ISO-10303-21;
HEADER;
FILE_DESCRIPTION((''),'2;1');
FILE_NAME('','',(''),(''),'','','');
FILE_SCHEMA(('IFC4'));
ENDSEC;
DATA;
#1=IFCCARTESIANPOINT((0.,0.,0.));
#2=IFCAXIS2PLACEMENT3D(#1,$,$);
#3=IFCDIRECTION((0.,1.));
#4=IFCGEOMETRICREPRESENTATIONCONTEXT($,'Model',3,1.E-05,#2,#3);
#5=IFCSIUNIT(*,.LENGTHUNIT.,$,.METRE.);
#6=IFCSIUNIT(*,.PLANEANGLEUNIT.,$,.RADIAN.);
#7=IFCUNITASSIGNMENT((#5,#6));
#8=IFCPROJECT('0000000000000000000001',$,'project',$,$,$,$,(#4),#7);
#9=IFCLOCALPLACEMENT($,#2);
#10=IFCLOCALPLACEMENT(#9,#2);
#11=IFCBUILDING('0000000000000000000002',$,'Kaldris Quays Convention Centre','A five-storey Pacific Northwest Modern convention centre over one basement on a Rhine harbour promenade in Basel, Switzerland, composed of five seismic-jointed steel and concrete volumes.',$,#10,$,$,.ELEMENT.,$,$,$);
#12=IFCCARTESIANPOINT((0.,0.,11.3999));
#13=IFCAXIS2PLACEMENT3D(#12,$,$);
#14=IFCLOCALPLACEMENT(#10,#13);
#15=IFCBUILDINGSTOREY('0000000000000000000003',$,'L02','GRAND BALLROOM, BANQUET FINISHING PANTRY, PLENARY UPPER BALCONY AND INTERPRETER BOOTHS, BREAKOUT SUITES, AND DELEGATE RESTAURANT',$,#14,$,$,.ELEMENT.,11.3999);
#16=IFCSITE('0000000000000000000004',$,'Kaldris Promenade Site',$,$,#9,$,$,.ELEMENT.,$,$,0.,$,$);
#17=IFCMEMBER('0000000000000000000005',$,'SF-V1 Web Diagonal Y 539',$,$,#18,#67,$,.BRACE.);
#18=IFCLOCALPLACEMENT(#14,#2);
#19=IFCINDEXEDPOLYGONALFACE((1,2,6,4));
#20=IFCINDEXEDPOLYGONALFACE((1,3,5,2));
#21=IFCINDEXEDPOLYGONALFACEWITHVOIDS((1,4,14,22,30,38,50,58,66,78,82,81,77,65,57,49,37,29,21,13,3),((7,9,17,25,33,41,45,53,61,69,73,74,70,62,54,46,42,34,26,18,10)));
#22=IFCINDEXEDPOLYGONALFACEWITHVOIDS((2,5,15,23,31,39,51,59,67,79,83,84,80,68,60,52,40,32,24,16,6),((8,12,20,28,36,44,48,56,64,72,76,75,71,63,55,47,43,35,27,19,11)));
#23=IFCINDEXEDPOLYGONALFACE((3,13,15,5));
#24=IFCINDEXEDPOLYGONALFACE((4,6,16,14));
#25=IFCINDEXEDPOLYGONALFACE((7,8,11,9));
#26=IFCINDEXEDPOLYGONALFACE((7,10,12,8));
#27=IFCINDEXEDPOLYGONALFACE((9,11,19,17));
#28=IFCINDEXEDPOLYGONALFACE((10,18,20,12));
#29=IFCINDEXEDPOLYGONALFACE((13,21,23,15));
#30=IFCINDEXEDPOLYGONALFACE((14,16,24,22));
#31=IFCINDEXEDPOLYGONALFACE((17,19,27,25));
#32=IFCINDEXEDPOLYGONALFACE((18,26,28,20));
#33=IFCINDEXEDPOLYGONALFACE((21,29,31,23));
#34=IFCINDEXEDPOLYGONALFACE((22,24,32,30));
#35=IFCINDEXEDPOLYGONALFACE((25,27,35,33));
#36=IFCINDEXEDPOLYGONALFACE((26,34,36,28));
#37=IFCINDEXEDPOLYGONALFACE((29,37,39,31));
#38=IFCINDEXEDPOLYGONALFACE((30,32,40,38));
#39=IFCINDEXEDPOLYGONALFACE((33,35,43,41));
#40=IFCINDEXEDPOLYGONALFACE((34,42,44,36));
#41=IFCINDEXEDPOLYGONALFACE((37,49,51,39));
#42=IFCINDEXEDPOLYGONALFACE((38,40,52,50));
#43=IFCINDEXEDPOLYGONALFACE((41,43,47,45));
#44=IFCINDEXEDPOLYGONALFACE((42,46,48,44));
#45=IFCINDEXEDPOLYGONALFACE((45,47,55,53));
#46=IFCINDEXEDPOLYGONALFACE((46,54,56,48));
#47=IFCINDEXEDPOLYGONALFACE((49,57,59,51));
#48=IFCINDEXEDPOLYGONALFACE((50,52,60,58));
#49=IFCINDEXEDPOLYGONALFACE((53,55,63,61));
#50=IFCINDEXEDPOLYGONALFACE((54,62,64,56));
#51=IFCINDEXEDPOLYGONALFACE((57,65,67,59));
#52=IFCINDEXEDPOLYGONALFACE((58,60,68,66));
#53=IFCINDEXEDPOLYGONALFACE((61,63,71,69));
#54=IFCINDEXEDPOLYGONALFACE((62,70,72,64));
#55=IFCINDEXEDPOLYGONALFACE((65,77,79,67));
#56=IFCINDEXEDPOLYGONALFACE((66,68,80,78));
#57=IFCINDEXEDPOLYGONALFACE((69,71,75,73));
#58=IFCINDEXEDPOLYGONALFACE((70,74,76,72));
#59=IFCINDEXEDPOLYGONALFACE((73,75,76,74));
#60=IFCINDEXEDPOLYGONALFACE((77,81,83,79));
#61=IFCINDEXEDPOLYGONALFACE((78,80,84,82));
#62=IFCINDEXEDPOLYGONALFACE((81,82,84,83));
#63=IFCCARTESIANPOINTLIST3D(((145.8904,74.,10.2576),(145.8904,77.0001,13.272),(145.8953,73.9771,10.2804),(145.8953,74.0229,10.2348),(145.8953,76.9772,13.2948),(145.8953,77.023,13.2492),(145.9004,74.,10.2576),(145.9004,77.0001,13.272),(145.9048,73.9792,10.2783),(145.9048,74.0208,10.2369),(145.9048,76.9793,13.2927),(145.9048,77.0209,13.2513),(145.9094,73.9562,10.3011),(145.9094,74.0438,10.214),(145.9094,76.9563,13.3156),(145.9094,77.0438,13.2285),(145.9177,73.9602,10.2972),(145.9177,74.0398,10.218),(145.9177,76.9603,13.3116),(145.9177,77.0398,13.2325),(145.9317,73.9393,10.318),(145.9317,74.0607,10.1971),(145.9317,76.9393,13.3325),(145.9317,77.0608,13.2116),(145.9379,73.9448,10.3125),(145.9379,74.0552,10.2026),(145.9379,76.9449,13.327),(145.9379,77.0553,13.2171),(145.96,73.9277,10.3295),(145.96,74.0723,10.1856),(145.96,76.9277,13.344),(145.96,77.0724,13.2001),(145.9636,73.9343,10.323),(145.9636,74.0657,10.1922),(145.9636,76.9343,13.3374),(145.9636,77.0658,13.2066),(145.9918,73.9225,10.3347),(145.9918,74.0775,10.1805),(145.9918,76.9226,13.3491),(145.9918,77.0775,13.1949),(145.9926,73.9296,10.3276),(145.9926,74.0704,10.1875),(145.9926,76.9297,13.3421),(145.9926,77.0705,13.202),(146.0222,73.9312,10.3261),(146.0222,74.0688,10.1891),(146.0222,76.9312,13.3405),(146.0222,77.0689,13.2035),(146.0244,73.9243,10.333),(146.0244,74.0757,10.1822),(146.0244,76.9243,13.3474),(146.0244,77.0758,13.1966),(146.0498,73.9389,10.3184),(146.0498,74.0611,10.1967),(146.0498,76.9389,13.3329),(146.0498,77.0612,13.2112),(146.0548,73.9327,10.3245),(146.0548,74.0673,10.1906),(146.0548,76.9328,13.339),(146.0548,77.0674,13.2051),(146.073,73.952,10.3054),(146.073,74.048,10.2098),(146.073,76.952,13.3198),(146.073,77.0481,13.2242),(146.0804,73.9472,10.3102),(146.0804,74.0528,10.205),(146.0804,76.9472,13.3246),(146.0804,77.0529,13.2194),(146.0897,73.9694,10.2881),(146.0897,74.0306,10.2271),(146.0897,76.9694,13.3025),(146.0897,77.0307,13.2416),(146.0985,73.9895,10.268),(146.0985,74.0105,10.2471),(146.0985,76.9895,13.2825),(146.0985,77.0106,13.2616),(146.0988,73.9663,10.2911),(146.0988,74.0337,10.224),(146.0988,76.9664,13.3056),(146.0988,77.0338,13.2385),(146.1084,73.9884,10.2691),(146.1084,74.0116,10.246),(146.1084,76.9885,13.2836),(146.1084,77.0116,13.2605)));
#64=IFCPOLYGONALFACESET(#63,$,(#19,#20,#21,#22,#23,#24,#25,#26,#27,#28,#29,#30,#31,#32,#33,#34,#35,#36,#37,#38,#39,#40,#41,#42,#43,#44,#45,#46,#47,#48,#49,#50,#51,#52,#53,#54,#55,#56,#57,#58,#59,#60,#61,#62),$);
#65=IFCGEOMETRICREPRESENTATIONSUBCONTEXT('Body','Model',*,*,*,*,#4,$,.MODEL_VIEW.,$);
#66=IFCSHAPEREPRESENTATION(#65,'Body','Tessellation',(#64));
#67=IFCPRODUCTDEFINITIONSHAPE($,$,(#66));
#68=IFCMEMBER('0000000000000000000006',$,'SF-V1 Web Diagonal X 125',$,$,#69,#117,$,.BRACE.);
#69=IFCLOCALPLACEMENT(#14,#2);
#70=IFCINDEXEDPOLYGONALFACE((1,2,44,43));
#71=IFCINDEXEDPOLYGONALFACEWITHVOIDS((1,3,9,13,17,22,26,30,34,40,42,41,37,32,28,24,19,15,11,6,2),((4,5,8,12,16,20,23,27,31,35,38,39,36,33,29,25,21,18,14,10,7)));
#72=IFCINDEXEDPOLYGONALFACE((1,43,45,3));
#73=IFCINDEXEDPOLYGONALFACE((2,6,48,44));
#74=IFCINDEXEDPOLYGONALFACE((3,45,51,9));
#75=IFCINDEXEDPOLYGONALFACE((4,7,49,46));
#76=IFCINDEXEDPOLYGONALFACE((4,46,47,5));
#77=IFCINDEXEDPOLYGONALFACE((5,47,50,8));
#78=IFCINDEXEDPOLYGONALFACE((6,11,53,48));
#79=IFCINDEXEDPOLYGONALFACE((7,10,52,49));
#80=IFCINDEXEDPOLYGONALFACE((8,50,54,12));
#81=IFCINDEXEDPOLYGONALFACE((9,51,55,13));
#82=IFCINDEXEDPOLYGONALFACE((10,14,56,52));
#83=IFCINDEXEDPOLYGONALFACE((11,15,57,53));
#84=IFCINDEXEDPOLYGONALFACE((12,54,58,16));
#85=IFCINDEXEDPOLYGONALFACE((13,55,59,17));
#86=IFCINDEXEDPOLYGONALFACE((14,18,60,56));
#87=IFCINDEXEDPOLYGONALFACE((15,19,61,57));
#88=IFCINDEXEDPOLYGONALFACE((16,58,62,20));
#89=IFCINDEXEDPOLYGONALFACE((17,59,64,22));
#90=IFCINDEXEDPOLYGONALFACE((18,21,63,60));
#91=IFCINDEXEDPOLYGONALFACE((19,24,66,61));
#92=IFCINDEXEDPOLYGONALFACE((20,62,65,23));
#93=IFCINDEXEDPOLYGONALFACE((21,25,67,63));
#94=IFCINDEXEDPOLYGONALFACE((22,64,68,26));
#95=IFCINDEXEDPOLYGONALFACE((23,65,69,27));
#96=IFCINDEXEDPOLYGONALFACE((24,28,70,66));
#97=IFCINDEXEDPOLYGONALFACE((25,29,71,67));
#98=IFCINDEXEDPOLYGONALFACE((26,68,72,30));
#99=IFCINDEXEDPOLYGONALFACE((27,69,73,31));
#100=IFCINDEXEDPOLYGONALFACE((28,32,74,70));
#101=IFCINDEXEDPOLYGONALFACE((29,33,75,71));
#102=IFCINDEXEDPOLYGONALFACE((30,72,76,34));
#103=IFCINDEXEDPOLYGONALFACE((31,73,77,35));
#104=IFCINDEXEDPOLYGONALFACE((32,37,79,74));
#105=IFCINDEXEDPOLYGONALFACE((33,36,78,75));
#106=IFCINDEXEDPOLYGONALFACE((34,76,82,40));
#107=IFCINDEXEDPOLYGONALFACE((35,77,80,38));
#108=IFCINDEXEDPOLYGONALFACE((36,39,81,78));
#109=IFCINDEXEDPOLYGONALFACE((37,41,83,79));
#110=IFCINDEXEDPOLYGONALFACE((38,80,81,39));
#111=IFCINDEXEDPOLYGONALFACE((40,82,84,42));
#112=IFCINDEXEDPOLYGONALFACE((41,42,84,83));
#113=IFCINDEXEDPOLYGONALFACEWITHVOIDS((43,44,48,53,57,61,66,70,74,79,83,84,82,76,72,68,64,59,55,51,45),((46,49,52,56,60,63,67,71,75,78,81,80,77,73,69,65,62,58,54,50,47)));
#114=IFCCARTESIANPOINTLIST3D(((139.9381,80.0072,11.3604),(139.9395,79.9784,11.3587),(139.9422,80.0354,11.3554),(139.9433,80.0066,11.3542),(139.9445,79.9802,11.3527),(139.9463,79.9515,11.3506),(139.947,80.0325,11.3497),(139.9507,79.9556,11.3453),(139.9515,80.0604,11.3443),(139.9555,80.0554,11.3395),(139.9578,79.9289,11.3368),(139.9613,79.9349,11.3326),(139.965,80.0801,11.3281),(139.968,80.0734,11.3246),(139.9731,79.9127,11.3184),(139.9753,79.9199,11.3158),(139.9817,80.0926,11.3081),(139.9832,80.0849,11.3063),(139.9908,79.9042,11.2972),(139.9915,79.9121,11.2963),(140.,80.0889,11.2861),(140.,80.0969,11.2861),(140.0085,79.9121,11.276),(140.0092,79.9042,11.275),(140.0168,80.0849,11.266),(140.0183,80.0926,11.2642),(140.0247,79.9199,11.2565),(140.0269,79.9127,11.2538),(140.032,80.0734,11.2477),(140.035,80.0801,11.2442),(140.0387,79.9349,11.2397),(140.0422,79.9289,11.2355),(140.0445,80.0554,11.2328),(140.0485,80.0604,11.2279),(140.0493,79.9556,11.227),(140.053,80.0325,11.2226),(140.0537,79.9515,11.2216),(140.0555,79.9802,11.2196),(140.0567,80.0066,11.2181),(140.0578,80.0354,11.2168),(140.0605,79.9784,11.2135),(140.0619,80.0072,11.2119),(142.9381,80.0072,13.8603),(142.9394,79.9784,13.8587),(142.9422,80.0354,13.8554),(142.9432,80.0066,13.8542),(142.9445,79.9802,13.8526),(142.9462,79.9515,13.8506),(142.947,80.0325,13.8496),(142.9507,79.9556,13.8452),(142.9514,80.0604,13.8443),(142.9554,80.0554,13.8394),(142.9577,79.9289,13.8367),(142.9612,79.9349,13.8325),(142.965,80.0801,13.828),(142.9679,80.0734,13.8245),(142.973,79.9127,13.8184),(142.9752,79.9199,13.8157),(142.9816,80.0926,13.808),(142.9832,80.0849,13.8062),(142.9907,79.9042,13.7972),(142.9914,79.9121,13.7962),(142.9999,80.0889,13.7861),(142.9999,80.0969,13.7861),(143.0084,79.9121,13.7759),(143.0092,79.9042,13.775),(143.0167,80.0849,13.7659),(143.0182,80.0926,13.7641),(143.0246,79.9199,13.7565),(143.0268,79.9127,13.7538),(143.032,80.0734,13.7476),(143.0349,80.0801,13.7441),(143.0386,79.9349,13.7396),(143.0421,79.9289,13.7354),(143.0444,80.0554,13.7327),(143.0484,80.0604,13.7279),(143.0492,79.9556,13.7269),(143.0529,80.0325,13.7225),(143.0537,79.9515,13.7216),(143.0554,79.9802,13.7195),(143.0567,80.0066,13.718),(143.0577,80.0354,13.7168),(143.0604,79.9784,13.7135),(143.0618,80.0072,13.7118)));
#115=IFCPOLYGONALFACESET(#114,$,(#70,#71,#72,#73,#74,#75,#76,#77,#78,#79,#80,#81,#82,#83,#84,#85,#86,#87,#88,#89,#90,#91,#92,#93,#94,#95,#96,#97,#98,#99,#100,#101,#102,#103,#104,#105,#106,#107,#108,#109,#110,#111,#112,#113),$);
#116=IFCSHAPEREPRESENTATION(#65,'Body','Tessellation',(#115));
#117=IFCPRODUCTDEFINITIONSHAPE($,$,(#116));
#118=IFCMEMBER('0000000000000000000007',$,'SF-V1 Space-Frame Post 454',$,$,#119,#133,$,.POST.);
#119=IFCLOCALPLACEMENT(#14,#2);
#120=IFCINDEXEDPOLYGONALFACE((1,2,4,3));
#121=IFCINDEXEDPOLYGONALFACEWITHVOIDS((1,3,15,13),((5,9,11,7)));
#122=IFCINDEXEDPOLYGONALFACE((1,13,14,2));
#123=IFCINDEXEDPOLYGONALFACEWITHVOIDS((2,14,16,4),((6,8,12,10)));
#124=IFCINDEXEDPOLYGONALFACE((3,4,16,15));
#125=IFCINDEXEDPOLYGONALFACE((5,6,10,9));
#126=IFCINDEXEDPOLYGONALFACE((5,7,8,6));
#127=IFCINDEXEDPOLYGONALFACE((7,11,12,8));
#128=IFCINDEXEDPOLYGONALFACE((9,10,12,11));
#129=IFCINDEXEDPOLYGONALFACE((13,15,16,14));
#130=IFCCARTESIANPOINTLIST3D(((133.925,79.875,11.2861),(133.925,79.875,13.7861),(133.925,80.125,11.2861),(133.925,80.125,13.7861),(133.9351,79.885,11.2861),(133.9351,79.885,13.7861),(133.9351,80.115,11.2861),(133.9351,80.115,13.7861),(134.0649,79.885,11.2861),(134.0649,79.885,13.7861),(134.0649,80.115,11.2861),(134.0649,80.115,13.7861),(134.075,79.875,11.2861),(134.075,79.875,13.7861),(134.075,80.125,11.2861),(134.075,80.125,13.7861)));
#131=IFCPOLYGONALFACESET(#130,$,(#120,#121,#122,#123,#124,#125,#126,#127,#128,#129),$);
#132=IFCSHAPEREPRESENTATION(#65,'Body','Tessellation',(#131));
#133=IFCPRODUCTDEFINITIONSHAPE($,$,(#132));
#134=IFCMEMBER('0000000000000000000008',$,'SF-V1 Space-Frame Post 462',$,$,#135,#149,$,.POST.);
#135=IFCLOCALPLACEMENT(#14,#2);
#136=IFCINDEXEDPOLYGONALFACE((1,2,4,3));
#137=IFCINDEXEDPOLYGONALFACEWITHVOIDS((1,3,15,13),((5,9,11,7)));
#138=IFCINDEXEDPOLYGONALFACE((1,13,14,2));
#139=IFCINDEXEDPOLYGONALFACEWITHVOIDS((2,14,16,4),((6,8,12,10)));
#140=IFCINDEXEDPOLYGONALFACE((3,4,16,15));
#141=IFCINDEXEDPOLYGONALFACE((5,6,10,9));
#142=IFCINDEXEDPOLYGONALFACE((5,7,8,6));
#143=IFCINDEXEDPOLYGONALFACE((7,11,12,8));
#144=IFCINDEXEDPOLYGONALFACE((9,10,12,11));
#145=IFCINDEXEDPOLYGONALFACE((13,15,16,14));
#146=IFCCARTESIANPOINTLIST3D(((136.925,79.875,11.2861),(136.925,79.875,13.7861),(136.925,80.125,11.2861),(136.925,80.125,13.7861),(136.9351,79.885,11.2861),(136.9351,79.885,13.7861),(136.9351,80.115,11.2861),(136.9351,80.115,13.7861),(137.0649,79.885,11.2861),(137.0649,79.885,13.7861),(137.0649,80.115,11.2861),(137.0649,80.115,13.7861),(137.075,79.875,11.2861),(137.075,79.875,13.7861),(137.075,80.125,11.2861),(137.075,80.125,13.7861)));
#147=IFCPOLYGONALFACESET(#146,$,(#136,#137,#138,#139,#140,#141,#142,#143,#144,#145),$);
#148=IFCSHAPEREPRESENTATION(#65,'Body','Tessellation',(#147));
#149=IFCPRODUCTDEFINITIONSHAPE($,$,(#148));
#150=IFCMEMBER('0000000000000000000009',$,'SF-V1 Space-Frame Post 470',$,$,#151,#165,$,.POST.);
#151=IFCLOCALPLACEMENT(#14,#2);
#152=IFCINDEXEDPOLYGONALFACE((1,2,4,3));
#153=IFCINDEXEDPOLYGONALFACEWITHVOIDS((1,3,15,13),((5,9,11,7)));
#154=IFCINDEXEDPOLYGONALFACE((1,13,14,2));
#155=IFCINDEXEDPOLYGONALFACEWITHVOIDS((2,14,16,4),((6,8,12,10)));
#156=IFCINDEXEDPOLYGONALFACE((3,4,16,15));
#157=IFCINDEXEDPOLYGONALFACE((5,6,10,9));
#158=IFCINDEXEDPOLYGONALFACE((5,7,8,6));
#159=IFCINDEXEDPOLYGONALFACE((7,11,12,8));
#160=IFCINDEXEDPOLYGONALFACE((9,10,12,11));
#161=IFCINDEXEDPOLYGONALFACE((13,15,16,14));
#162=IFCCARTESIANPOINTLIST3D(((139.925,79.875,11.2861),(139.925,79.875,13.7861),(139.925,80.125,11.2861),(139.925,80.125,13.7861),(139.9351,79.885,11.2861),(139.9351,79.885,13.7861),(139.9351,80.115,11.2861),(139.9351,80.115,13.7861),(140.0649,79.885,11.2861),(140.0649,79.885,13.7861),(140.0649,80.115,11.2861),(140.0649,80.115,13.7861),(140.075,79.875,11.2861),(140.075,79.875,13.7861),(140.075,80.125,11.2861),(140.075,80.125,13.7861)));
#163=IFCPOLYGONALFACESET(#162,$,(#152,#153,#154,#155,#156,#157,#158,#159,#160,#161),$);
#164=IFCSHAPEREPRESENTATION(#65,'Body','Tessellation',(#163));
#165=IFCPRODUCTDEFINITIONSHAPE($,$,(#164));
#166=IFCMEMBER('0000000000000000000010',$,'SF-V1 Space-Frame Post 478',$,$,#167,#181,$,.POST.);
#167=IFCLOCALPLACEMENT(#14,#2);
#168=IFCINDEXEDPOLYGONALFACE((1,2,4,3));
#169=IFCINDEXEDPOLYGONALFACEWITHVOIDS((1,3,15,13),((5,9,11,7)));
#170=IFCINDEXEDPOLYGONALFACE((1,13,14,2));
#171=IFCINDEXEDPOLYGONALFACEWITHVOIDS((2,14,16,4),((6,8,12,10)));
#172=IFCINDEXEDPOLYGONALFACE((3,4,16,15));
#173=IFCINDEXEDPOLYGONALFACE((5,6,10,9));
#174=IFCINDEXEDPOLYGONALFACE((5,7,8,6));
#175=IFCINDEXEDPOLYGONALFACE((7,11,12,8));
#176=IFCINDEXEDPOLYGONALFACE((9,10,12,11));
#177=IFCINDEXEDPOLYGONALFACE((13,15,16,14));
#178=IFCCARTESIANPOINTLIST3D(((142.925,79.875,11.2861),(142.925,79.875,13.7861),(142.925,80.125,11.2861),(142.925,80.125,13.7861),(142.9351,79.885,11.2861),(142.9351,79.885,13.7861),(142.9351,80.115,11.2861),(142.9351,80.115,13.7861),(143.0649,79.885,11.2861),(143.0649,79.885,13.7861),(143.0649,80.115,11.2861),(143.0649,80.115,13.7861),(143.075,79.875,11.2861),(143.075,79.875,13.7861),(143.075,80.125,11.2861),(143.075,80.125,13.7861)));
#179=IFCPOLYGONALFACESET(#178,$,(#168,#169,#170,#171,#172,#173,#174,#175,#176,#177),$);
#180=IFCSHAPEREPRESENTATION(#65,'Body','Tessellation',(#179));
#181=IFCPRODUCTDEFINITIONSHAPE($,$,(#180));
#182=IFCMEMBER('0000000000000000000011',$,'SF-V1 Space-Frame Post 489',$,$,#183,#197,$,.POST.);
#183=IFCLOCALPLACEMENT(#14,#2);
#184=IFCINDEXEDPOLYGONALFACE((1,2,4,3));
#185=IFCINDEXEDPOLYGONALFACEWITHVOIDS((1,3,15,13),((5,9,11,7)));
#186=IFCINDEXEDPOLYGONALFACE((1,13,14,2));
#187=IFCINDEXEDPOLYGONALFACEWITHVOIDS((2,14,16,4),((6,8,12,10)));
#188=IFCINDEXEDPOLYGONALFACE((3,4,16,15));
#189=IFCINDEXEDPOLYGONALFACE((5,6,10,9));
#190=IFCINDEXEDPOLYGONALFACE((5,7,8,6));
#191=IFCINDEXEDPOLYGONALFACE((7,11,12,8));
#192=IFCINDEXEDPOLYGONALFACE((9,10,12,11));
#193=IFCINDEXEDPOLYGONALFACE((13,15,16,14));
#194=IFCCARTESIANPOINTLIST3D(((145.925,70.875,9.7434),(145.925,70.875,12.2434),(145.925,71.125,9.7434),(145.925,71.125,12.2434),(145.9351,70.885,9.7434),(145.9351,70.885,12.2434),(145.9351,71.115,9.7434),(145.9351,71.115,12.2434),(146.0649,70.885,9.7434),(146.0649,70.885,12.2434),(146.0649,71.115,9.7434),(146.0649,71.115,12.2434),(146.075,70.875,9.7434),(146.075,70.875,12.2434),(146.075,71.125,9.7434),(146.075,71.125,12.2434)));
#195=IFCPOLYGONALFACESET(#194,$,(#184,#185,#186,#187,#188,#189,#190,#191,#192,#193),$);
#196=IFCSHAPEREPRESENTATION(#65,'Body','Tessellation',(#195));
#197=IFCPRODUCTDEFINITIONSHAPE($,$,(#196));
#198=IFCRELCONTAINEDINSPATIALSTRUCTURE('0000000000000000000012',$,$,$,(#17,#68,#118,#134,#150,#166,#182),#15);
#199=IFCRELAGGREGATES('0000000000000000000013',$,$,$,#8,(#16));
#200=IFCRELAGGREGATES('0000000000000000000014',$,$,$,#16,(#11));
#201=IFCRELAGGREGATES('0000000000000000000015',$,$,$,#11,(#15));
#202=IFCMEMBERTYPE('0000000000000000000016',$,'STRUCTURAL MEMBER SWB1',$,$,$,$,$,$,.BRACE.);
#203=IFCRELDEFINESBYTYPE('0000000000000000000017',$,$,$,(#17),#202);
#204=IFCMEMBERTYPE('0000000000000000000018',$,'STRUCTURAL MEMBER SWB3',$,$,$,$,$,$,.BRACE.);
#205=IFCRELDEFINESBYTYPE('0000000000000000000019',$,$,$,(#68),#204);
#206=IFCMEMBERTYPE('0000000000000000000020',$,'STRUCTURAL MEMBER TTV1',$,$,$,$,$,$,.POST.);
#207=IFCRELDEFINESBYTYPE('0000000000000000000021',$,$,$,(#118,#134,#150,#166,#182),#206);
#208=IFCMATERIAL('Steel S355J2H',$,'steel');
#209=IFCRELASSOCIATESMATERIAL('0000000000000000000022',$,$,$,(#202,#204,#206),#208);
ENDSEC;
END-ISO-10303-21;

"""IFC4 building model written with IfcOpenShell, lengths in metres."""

from ifc_helpers import new_model, si_unit, direction, frame, origin, origin_2d, place, context, subcontext, project, spatial, hollow_rectangle, hollow_circle, extrude, material, material_profile, profile_set, type_object, element, save


model = new_model("IFC4")

# Units and contexts
model_context = context("Model", 3, precision=1e-05, world=origin(), true_north=direction((0.0, 1.0)))
body_context = subcontext(model_context, "Body", "Model", "MODEL_VIEW")
ifc_project = project(units=[si_unit("LENGTHUNIT", "METRE"), si_unit("PLANEANGLEUNIT", "RADIAN")], contexts=[model_context])

# Site, building, storey
site_placement = place(None, origin())
site = spatial("IfcSite", under=ifc_project, at=site_placement, Name="Kaldris Promenade Site", CompositionType="ELEMENT", RefElevation=0.0)
building_placement = place(site_placement, origin())
building = spatial("IfcBuilding", under=site, at=building_placement, Name="Kaldris Quays Convention Centre", Description="A five-storey Pacific Northwest Modern convention centre over one basement on a Rhine harbour promenade in Basel, Switzerland, composed of five seismic-jointed steel and concrete volumes.", CompositionType="ELEMENT")
storey_placement = place(building_placement, frame((0.0, 0.0, 11.3999)))
storey = spatial("IfcBuildingStorey", under=building, at=storey_placement, Name="L02", Description="GRAND BALLROOM, BANQUET FINISHING PANTRY, PLENARY UPPER BALCONY AND INTERPRETER BOOTHS, BREAKOUT SUITES, AND DELEGATE RESTAURANT", CompositionType="ELEMENT", Elevation=11.3999)

# Members
ifc_material_1 = material(Name="Steel S355J2H", Category="steel")
ifc_material_profile_1 = material_profile(ifc_material_1, hollow_circle(Radius=0.1096, WallThickness=0.01, at=origin_2d()), Name="CHS 219.1x10")
ifc_profile_set_1 = profile_set([ifc_material_profile_1], Name="Steel S355J2H")
member_type_1 = type_object("IfcMemberType", Name="STRUCTURAL MEMBER SWB1", PredefinedType="BRACE", material=ifc_profile_set_1)
member_1_placement = place(storey_placement, frame((146.0, 74.0, 10.2576), z_axis=(0.0, 0.705411, 0.708798), x_axis=(-1.0, 0.0, 0.0)))
element("IfcMember", 1, at=member_1_placement, inside=storey, type_object=member_type_1, Name="SF-V1 Web Diagonal Y 539", PredefinedType="BRACE", context=body_context, shape_type="SweptSolid", body=[
    extrude(hollow_circle(Radius=0.1096, WallThickness=0.01, at=origin_2d()), origin(), (0.0, 0.0, 1.0), 4.2529),
])
ifc_material_profile_2 = material_profile(ifc_material_1, hollow_circle(Radius=0.0969, WallThickness=0.0081, at=origin_2d()), Name="CHS 193.7x8")
ifc_profile_set_2 = profile_set([ifc_material_profile_2], Name="Steel S355J2H")
member_type_2 = type_object("IfcMemberType", Name="STRUCTURAL MEMBER SWB3", PredefinedType="BRACE", material=ifc_profile_set_2)
member_2_placement = place(storey_placement, frame((140.0, 80.0, 11.2861), z_axis=(0.768221, 0.0, 0.640184), x_axis=(0.0, 1.0, 0.0)))
element("IfcMember", 2, at=member_2_placement, inside=storey, type_object=member_type_2, Name="SF-V1 Web Diagonal X 125", PredefinedType="BRACE", context=body_context, shape_type="SweptSolid", body=[
    extrude(hollow_circle(Radius=0.0969, WallThickness=0.0081, at=origin_2d()), origin(), (0.0, 0.0, 1.0), 3.905),
])
ifc_material_profile_3 = material_profile(ifc_material_1, hollow_rectangle(XDim=0.1499, YDim=0.25, WallThickness=0.01, at=origin_2d()), Name="RHS 250x150x10")
ifc_profile_set_3 = profile_set([ifc_material_profile_3], Name="Steel S355J2H")
member_type_3 = type_object("IfcMemberType", Name="STRUCTURAL MEMBER TTV1", PredefinedType="POST", material=ifc_profile_set_3)
for number, where, z_axis, x_axis, name in (
    (3, (134.0, 80.0, 11.2861), (0.0, 0.0, 1.0), (1.0, 0.0, 0.0), "SF-V1 Space-Frame Post 454"),
    (4, (137.0, 80.0, 11.2861), (0.0, 0.0, 1.0), (1.0, 0.0, 0.0), "SF-V1 Space-Frame Post 462"),
    (5, (140.0, 80.0, 11.2861), (0.0, 0.0, 1.0), (1.0, 0.0, 0.0), "SF-V1 Space-Frame Post 470"),
    (6, (143.0, 80.0, 11.2861), (0.0, 0.0, 1.0), (1.0, 0.0, 0.0), "SF-V1 Space-Frame Post 478"),
    (7, (146.0, 71.0, 9.7434), (0.0, 0.0, 1.0), (1.0, 0.0, 0.0), "SF-V1 Space-Frame Post 489"),
):
    element("IfcMember", number, at=place(storey_placement, frame(where, z_axis=z_axis, x_axis=x_axis)), inside=storey, type_object=member_type_3, Name=name, PredefinedType="POST", context=body_context, shape_type="SweptSolid", body=[
        extrude(hollow_rectangle(XDim=0.1499, YDim=0.25, WallThickness=0.01, at=origin_2d()), origin(), (0.0, 0.0, 1.0), 2.5),
    ])

save(model, "model.ifc")
